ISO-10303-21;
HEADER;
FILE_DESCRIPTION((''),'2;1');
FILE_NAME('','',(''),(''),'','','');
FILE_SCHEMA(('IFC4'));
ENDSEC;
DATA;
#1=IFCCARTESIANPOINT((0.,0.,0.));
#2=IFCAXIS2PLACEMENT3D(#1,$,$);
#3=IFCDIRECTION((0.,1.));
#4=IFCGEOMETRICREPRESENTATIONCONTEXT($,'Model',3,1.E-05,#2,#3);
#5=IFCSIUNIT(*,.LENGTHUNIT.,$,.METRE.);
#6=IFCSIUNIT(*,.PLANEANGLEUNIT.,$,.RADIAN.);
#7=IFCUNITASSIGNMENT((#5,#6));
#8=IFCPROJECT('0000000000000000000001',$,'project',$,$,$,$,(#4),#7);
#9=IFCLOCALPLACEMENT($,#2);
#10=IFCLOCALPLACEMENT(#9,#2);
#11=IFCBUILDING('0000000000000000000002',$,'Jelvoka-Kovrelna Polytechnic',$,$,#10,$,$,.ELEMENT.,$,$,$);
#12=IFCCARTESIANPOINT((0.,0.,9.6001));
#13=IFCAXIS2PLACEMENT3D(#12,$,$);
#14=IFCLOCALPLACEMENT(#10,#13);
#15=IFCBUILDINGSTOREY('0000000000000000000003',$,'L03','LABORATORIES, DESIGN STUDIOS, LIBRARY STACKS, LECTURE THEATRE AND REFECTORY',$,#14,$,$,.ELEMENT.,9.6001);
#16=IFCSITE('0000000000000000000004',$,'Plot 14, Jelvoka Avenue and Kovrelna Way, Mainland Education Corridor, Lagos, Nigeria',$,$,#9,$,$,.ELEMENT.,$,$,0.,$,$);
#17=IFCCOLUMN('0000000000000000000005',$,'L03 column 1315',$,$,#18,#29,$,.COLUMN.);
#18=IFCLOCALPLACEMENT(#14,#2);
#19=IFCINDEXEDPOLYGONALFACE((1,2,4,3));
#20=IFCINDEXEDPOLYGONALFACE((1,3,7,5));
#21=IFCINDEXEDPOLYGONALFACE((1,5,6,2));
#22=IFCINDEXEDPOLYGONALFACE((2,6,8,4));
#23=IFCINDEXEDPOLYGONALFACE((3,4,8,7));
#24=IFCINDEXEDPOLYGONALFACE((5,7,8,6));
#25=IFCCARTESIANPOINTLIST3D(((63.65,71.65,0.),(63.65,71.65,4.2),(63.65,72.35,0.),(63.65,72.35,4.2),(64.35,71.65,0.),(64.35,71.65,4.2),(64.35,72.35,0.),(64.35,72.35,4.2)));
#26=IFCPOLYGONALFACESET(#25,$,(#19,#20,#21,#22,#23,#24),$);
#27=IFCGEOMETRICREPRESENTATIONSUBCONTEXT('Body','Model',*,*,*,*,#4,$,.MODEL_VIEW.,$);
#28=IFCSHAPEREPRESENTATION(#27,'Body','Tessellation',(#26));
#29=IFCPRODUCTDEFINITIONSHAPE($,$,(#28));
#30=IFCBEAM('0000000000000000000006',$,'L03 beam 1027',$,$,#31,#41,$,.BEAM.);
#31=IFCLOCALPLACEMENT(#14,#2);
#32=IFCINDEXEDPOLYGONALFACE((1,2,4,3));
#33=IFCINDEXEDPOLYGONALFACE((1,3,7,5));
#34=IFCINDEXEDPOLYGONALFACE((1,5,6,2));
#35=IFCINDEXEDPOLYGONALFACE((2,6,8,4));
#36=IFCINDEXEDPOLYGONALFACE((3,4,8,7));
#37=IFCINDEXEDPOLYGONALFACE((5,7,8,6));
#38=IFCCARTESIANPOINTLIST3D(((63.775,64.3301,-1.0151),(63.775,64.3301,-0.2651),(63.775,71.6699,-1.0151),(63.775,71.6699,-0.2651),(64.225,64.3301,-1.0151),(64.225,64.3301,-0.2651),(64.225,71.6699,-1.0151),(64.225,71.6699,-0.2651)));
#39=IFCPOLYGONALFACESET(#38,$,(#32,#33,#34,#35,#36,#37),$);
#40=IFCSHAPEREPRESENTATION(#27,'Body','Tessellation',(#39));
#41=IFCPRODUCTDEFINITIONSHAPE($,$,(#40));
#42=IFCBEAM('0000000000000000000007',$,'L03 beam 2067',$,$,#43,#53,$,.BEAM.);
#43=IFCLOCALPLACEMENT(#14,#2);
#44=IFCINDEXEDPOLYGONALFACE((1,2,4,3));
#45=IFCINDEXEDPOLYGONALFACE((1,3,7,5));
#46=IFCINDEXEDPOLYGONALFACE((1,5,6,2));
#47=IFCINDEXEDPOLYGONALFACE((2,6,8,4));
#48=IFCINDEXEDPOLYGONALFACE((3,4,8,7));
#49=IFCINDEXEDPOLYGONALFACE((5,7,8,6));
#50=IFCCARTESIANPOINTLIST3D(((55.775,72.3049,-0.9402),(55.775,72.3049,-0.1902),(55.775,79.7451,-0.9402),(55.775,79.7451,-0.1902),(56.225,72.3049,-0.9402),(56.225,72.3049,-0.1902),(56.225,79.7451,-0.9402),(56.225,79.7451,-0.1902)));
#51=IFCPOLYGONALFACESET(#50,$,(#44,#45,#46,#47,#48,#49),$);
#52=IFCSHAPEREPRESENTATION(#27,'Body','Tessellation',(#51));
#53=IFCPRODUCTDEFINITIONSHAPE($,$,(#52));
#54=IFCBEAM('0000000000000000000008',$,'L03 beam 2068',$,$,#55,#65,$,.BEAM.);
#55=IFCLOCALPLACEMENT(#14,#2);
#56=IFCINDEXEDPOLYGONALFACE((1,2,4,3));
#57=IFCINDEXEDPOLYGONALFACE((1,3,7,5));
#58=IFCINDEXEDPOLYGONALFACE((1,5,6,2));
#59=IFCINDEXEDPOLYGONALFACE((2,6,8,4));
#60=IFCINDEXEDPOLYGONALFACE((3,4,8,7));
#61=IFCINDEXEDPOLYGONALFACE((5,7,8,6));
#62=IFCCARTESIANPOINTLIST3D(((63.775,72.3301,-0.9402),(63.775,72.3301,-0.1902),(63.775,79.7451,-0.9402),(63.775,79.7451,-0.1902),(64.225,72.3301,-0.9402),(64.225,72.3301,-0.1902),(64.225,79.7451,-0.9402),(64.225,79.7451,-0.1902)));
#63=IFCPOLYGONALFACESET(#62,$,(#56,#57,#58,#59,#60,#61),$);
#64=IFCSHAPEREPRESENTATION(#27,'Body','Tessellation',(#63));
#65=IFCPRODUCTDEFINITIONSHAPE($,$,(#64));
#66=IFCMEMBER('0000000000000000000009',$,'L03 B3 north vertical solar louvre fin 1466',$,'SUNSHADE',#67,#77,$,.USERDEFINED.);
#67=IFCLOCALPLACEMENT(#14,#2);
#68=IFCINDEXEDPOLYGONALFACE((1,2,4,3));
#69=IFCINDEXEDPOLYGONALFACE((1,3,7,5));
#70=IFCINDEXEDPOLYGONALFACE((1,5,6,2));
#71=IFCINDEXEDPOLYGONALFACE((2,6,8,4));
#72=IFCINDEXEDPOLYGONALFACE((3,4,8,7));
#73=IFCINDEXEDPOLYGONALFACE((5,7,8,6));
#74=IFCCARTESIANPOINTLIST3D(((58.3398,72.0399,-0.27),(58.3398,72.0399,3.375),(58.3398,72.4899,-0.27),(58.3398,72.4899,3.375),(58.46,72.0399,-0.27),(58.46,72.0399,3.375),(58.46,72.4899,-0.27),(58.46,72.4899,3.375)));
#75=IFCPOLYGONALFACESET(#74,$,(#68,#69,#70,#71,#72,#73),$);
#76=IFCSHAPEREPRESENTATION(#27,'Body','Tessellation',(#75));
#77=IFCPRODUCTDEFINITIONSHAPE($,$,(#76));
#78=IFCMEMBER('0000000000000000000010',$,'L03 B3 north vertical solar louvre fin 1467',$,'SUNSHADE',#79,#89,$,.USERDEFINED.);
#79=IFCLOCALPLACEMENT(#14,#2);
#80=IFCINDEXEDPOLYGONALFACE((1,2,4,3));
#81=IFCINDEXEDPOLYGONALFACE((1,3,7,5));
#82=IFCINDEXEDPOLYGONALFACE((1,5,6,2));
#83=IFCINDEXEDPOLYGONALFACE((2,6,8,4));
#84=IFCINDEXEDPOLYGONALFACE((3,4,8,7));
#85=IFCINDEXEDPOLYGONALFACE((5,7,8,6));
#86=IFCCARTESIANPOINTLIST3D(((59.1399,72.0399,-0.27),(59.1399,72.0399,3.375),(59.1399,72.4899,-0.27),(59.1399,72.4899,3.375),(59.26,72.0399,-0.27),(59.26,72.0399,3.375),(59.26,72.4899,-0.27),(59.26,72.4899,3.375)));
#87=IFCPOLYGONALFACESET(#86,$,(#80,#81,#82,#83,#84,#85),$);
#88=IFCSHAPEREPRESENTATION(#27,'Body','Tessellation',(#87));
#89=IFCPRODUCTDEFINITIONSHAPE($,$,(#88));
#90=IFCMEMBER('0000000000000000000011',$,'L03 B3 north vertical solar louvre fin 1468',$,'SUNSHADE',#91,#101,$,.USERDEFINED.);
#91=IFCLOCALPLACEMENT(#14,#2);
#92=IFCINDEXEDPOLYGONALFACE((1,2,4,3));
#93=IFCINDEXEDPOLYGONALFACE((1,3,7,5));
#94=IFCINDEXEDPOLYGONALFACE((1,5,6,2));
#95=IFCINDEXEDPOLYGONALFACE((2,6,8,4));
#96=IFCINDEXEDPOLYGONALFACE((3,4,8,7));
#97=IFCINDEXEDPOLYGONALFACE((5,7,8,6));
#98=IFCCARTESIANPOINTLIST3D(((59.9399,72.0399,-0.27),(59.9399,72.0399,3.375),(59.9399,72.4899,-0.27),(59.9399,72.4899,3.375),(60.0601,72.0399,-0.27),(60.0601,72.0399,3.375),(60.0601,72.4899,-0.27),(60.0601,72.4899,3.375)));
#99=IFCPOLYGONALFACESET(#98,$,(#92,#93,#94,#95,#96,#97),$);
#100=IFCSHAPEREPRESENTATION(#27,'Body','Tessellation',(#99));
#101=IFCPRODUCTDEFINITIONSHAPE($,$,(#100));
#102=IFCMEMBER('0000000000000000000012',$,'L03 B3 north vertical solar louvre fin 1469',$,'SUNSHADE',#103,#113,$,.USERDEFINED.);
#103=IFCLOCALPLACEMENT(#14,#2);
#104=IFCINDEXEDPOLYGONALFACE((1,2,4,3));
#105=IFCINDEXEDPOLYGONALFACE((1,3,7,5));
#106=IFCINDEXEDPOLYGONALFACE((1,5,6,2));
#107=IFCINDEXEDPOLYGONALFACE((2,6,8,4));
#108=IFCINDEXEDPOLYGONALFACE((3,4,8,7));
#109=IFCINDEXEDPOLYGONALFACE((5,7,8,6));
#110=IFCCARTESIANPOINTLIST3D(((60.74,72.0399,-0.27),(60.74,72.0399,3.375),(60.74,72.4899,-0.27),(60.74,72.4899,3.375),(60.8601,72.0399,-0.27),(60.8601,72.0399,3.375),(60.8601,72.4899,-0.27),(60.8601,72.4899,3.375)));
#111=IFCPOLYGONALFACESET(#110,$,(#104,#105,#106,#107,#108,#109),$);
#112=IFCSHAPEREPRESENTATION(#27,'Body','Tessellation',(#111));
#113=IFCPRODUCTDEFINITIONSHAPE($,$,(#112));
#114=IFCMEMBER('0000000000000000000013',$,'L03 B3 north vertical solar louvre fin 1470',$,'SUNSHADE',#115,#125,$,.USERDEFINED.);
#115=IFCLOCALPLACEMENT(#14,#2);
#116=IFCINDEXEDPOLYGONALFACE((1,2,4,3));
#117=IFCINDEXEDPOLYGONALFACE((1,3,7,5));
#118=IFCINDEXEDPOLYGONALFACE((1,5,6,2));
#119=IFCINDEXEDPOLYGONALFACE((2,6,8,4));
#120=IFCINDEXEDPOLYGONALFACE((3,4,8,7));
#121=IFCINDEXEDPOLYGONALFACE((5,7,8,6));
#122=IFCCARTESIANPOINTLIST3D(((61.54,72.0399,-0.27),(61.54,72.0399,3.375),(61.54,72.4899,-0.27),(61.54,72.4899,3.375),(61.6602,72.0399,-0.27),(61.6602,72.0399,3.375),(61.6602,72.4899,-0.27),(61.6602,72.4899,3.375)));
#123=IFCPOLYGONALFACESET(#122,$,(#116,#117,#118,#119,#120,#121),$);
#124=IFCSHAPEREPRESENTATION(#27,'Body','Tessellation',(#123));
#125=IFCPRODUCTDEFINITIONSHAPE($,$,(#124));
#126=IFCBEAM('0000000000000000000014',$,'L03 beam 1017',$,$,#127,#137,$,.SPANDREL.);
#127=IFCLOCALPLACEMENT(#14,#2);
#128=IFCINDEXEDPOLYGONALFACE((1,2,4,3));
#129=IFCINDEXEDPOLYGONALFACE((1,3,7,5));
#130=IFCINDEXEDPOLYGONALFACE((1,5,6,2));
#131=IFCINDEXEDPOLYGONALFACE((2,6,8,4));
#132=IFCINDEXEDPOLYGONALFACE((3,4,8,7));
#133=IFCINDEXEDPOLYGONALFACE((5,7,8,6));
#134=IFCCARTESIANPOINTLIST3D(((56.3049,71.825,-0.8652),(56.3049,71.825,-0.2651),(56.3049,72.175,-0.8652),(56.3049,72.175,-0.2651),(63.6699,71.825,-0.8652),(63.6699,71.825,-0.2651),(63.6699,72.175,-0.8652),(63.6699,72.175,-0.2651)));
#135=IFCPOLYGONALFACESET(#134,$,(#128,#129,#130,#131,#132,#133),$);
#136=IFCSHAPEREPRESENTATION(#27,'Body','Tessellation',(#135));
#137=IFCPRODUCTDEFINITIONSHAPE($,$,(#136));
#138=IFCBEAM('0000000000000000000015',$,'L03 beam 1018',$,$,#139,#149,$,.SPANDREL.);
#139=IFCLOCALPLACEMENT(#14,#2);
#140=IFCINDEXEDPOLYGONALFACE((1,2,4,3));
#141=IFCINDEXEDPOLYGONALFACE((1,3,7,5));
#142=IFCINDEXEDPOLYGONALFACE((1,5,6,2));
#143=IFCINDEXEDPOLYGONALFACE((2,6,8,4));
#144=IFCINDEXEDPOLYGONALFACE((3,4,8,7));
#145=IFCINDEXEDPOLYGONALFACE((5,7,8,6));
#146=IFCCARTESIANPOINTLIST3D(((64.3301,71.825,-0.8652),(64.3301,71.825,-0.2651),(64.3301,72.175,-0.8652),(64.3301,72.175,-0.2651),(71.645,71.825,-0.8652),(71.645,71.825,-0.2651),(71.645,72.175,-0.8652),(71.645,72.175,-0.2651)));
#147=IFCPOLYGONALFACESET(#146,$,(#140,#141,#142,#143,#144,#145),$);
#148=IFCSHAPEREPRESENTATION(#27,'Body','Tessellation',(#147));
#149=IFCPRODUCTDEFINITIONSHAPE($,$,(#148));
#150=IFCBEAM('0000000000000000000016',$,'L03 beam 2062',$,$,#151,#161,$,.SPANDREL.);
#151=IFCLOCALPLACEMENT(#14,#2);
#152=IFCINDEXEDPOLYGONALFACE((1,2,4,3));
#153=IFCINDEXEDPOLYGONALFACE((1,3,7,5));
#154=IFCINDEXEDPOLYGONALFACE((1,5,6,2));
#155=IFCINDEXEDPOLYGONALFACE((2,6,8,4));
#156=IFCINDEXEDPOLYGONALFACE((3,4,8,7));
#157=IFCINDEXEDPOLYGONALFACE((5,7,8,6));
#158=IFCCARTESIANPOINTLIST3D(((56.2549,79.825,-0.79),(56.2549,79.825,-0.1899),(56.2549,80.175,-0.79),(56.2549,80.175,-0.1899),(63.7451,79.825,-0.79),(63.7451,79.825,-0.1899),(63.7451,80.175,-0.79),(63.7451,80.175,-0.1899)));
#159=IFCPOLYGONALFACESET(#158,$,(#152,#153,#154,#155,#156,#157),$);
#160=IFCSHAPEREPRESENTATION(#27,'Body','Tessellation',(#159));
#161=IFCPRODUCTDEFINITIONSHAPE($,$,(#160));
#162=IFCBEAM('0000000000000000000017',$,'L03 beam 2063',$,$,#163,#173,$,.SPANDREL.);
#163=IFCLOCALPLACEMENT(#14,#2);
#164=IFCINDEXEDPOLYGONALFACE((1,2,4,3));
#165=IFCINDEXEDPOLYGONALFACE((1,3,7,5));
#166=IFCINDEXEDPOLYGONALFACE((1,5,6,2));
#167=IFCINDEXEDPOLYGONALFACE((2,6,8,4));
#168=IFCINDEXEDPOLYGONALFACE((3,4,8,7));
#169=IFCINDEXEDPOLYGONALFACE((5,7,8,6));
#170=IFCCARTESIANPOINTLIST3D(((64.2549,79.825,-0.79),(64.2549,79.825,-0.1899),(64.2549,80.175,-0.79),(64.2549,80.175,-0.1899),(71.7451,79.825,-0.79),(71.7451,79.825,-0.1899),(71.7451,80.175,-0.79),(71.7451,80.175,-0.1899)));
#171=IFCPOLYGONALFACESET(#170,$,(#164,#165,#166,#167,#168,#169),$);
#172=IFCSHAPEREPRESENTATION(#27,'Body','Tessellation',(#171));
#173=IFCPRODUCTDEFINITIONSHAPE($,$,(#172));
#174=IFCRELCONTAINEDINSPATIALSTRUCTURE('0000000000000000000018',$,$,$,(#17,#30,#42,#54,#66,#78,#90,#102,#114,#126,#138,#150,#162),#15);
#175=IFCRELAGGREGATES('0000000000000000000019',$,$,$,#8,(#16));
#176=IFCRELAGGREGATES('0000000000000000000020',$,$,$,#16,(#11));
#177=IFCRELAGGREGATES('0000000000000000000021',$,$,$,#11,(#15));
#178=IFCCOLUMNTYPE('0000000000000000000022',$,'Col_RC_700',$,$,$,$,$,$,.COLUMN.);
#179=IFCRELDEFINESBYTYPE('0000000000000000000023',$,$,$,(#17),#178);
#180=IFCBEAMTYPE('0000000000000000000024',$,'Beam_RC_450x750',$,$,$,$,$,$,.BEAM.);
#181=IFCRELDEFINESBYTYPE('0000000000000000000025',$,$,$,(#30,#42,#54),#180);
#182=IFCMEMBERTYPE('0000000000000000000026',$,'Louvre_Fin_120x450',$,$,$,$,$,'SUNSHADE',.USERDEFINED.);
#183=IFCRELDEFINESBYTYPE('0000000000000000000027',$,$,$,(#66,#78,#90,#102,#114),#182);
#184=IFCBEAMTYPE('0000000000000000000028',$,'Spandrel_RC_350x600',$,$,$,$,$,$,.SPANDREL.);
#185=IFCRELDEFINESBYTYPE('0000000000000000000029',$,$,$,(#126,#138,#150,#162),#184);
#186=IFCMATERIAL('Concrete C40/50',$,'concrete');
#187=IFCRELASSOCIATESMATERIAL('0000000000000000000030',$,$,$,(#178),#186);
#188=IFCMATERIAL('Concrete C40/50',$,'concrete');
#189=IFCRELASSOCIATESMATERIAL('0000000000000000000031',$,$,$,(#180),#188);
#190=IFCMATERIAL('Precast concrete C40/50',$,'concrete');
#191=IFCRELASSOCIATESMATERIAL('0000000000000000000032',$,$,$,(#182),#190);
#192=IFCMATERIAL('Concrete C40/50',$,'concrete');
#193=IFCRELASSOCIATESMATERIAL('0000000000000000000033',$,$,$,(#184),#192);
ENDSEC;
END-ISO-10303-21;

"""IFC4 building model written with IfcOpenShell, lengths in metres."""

from ifc_helpers import new_model, si_unit, direction, frame, origin, origin_2d, place, context, subcontext, project, spatial, rectangle, extrude, material, material_profile, profile_set, type_object, element, save


model = new_model("IFC4")

# Units and contexts
model_context = context("Model", 3, precision=1e-05, world=origin(), true_north=direction((0.0, 1.0)))
body_context = subcontext(model_context, "Body", "Model", "MODEL_VIEW")
ifc_project = project(units=[si_unit("LENGTHUNIT", "METRE"), si_unit("PLANEANGLEUNIT", "RADIAN")], contexts=[model_context])

# Site, building, storey
site_placement = place(None, origin())
site = spatial("IfcSite", under=ifc_project, at=site_placement, Name="Plot 14, Jelvoka Avenue and Kovrelna Way, Mainland Education Corridor, Lagos, Nigeria", CompositionType="ELEMENT", RefElevation=0.0)
building_placement = place(site_placement, origin())
building = spatial("IfcBuilding", under=site, at=building_placement, Name="Jelvoka-Kovrelna Polytechnic", CompositionType="ELEMENT")
storey_placement = place(building_placement, frame((0.0, 0.0, 9.6001)))
storey = spatial("IfcBuildingStorey", under=building, at=storey_placement, Name="L03", Description="LABORATORIES, DESIGN STUDIOS, LIBRARY STACKS, LECTURE THEATRE AND REFECTORY", CompositionType="ELEMENT", Elevation=9.6001)

# Column
ifc_material_1 = material(Name="Concrete C40/50", Category="concrete")
ifc_material_profile_1 = material_profile(ifc_material_1, rectangle(XDim=0.7, YDim=0.7, at=origin_2d()), Name="RC 700x700")
ifc_profile_set_1 = profile_set([ifc_material_profile_1], Name="Concrete C40/50")
column_type = type_object("IfcColumnType", Name="Col_RC_700", PredefinedType="COLUMN", material=ifc_profile_set_1)
column_placement = place(storey_placement, frame((64.0, 72.0, 0.0), z_axis=(0.0, 0.0, 1.0), x_axis=(1.0, 0.0, 0.0)))
element("IfcColumn", 1, at=column_placement, inside=storey, type_object=column_type, Name="L03 column 1315", PredefinedType="COLUMN", context=body_context, shape_type="SweptSolid", body=[
    extrude(rectangle(XDim=0.7, YDim=0.7, at=origin_2d()), origin(), (0.0, 0.0, 1.0), 4.2),
])

# Beams
ifc_material_2 = material(Name="Concrete C40/50", Category="concrete")
ifc_material_profile_2 = material_profile(ifc_material_2, rectangle(XDim=0.45, YDim=0.75, at=origin_2d()), Name="RC 450x750")
ifc_profile_set_2 = profile_set([ifc_material_profile_2], Name="Concrete C40/50")
beam_type_1 = type_object("IfcBeamType", Name="Beam_RC_450x750", PredefinedType="BEAM", material=ifc_profile_set_2)
beam_1_placement = place(storey_placement, frame((64.0, 64.3301, -0.6401), z_axis=(0.0, 1.0, 0.0), x_axis=(-1.0, 0.0, 0.0)))
element("IfcBeam", 2, at=beam_1_placement, inside=storey, type_object=beam_type_1, Name="L03 beam 1027", PredefinedType="BEAM", context=body_context, shape_type="SweptSolid", body=[
    extrude(rectangle(XDim=0.45, YDim=0.75, at=origin_2d()), origin(), (0.0, 0.0, 1.0), 7.3398),
])
beam_2_placement = place(storey_placement, frame((56.0, 72.3049, -0.5652), z_axis=(0.0, 1.0, 0.0), x_axis=(-1.0, 0.0, 0.0)))
element("IfcBeam", 3, at=beam_2_placement, inside=storey, type_object=beam_type_1, Name="L03 beam 2067", PredefinedType="BEAM", context=body_context, shape_type="SweptSolid", body=[
    extrude(rectangle(XDim=0.45, YDim=0.75, at=origin_2d()), origin(), (0.0, 0.0, 1.0), 7.4402),
])
beam_3_placement = place(storey_placement, frame((64.0, 72.3301, -0.5652), z_axis=(0.0, 1.0, 0.0), x_axis=(-1.0, 0.0, 0.0)))
element("IfcBeam", 4, at=beam_3_placement, inside=storey, type_object=beam_type_1, Name="L03 beam 2068", PredefinedType="BEAM", context=body_context, shape_type="SweptSolid", body=[
    extrude(rectangle(XDim=0.45, YDim=0.75, at=origin_2d()), origin(), (0.0, 0.0, 1.0), 7.415),
])

# Members
ifc_material_3 = material(Name="Precast concrete C40/50", Category="concrete")
ifc_material_profile_3 = material_profile(ifc_material_3, rectangle(XDim=0.1201, YDim=0.45, at=origin_2d()), Name="PC 120x450")
ifc_profile_set_3 = profile_set([ifc_material_profile_3], Name="Precast concrete C40/50")
member_type = type_object("IfcMemberType", Name="Louvre_Fin_120x450", ElementType="SUNSHADE", PredefinedType="USERDEFINED", material=ifc_profile_set_3)
for number, where, z_axis, x_axis, name in (
    (5, (58.3999, 72.2649, -0.27), (0.0, 0.0, 1.0), (1.0, 0.0, 0.0), "L03 B3 north vertical solar louvre fin 1466"),
    (6, (59.2, 72.2649, -0.27), (0.0, 0.0, 1.0), (1.0, 0.0, 0.0), "L03 B3 north vertical solar louvre fin 1467"),
    (7, (60.0, 72.2649, -0.27), (0.0, 0.0, 1.0), (1.0, 0.0, 0.0), "L03 B3 north vertical solar louvre fin 1468"),
    (8, (60.8, 72.2649, -0.27), (0.0, 0.0, 1.0), (1.0, 0.0, 0.0), "L03 B3 north vertical solar louvre fin 1469"),
    (9, (61.6001, 72.2649, -0.27), (0.0, 0.0, 1.0), (1.0, 0.0, 0.0), "L03 B3 north vertical solar louvre fin 1470"),
):
    element("IfcMember", number, at=place(storey_placement, frame(where, z_axis=z_axis, x_axis=x_axis)), inside=storey, type_object=member_type, Name=name, ObjectType="SUNSHADE", PredefinedType="USERDEFINED", context=body_context, shape_type="SweptSolid", body=[
        extrude(rectangle(XDim=0.1201, YDim=0.45, at=origin_2d()), origin(), (0.0, 0.0, 1.0), 3.645),
    ])

# Beams
ifc_material_4 = material(Name="Concrete C40/50", Category="concrete")
ifc_material_profile_4 = material_profile(ifc_material_4, rectangle(XDim=0.3501, YDim=0.6001, at=origin_2d()), Name="RC 350x600")
ifc_profile_set_4 = profile_set([ifc_material_profile_4], Name="Concrete C40/50")
beam_type_2 = type_object("IfcBeamType", Name="Spandrel_RC_350x600", PredefinedType="SPANDREL", material=ifc_profile_set_4)
beam_4_placement = place(storey_placement, frame((56.3049, 72.0, -0.5652), z_axis=(1.0, 0.0, 0.0), x_axis=(0.0, 1.0, 0.0)))
element("IfcBeam", 10, at=beam_4_placement, inside=storey, type_object=beam_type_2, Name="L03 beam 1017", PredefinedType="SPANDREL", context=body_context, shape_type="SweptSolid", body=[
    extrude(rectangle(XDim=0.3501, YDim=0.6001, at=origin_2d()), origin(), (0.0, 0.0, 1.0), 7.365),
])
beam_5_placement = place(storey_placement, frame((64.3301, 72.0, -0.5652), z_axis=(1.0, 0.0, 0.0), x_axis=(0.0, 1.0, 0.0)))
element("IfcBeam", 11, at=beam_5_placement, inside=storey, type_object=beam_type_2, Name="L03 beam 1018", PredefinedType="SPANDREL", context=body_context, shape_type="SweptSolid", body=[
    extrude(rectangle(XDim=0.3501, YDim=0.6001, at=origin_2d()), origin(), (0.0, 0.0, 1.0), 7.3149),
])
for number, where, z_axis, x_axis, name in (
    (12, (56.2549, 80.0, -0.49), (1.0, 0.0, 0.0), (0.0, 1.0, 0.0), "L03 beam 2062"),
    (13, (64.2549, 80.0, -0.49), (1.0, 0.0, 0.0), (0.0, 1.0, 0.0), "L03 beam 2063"),
):
    element("IfcBeam", number, at=place(storey_placement, frame(where, z_axis=z_axis, x_axis=x_axis)), inside=storey, type_object=beam_type_2, Name=name, PredefinedType="SPANDREL", context=body_context, shape_type="SweptSolid", body=[
        extrude(rectangle(XDim=0.3501, YDim=0.6001, at=origin_2d()), origin(), (0.0, 0.0, 1.0), 7.4902),
    ])

save(model, "model.ifc")
